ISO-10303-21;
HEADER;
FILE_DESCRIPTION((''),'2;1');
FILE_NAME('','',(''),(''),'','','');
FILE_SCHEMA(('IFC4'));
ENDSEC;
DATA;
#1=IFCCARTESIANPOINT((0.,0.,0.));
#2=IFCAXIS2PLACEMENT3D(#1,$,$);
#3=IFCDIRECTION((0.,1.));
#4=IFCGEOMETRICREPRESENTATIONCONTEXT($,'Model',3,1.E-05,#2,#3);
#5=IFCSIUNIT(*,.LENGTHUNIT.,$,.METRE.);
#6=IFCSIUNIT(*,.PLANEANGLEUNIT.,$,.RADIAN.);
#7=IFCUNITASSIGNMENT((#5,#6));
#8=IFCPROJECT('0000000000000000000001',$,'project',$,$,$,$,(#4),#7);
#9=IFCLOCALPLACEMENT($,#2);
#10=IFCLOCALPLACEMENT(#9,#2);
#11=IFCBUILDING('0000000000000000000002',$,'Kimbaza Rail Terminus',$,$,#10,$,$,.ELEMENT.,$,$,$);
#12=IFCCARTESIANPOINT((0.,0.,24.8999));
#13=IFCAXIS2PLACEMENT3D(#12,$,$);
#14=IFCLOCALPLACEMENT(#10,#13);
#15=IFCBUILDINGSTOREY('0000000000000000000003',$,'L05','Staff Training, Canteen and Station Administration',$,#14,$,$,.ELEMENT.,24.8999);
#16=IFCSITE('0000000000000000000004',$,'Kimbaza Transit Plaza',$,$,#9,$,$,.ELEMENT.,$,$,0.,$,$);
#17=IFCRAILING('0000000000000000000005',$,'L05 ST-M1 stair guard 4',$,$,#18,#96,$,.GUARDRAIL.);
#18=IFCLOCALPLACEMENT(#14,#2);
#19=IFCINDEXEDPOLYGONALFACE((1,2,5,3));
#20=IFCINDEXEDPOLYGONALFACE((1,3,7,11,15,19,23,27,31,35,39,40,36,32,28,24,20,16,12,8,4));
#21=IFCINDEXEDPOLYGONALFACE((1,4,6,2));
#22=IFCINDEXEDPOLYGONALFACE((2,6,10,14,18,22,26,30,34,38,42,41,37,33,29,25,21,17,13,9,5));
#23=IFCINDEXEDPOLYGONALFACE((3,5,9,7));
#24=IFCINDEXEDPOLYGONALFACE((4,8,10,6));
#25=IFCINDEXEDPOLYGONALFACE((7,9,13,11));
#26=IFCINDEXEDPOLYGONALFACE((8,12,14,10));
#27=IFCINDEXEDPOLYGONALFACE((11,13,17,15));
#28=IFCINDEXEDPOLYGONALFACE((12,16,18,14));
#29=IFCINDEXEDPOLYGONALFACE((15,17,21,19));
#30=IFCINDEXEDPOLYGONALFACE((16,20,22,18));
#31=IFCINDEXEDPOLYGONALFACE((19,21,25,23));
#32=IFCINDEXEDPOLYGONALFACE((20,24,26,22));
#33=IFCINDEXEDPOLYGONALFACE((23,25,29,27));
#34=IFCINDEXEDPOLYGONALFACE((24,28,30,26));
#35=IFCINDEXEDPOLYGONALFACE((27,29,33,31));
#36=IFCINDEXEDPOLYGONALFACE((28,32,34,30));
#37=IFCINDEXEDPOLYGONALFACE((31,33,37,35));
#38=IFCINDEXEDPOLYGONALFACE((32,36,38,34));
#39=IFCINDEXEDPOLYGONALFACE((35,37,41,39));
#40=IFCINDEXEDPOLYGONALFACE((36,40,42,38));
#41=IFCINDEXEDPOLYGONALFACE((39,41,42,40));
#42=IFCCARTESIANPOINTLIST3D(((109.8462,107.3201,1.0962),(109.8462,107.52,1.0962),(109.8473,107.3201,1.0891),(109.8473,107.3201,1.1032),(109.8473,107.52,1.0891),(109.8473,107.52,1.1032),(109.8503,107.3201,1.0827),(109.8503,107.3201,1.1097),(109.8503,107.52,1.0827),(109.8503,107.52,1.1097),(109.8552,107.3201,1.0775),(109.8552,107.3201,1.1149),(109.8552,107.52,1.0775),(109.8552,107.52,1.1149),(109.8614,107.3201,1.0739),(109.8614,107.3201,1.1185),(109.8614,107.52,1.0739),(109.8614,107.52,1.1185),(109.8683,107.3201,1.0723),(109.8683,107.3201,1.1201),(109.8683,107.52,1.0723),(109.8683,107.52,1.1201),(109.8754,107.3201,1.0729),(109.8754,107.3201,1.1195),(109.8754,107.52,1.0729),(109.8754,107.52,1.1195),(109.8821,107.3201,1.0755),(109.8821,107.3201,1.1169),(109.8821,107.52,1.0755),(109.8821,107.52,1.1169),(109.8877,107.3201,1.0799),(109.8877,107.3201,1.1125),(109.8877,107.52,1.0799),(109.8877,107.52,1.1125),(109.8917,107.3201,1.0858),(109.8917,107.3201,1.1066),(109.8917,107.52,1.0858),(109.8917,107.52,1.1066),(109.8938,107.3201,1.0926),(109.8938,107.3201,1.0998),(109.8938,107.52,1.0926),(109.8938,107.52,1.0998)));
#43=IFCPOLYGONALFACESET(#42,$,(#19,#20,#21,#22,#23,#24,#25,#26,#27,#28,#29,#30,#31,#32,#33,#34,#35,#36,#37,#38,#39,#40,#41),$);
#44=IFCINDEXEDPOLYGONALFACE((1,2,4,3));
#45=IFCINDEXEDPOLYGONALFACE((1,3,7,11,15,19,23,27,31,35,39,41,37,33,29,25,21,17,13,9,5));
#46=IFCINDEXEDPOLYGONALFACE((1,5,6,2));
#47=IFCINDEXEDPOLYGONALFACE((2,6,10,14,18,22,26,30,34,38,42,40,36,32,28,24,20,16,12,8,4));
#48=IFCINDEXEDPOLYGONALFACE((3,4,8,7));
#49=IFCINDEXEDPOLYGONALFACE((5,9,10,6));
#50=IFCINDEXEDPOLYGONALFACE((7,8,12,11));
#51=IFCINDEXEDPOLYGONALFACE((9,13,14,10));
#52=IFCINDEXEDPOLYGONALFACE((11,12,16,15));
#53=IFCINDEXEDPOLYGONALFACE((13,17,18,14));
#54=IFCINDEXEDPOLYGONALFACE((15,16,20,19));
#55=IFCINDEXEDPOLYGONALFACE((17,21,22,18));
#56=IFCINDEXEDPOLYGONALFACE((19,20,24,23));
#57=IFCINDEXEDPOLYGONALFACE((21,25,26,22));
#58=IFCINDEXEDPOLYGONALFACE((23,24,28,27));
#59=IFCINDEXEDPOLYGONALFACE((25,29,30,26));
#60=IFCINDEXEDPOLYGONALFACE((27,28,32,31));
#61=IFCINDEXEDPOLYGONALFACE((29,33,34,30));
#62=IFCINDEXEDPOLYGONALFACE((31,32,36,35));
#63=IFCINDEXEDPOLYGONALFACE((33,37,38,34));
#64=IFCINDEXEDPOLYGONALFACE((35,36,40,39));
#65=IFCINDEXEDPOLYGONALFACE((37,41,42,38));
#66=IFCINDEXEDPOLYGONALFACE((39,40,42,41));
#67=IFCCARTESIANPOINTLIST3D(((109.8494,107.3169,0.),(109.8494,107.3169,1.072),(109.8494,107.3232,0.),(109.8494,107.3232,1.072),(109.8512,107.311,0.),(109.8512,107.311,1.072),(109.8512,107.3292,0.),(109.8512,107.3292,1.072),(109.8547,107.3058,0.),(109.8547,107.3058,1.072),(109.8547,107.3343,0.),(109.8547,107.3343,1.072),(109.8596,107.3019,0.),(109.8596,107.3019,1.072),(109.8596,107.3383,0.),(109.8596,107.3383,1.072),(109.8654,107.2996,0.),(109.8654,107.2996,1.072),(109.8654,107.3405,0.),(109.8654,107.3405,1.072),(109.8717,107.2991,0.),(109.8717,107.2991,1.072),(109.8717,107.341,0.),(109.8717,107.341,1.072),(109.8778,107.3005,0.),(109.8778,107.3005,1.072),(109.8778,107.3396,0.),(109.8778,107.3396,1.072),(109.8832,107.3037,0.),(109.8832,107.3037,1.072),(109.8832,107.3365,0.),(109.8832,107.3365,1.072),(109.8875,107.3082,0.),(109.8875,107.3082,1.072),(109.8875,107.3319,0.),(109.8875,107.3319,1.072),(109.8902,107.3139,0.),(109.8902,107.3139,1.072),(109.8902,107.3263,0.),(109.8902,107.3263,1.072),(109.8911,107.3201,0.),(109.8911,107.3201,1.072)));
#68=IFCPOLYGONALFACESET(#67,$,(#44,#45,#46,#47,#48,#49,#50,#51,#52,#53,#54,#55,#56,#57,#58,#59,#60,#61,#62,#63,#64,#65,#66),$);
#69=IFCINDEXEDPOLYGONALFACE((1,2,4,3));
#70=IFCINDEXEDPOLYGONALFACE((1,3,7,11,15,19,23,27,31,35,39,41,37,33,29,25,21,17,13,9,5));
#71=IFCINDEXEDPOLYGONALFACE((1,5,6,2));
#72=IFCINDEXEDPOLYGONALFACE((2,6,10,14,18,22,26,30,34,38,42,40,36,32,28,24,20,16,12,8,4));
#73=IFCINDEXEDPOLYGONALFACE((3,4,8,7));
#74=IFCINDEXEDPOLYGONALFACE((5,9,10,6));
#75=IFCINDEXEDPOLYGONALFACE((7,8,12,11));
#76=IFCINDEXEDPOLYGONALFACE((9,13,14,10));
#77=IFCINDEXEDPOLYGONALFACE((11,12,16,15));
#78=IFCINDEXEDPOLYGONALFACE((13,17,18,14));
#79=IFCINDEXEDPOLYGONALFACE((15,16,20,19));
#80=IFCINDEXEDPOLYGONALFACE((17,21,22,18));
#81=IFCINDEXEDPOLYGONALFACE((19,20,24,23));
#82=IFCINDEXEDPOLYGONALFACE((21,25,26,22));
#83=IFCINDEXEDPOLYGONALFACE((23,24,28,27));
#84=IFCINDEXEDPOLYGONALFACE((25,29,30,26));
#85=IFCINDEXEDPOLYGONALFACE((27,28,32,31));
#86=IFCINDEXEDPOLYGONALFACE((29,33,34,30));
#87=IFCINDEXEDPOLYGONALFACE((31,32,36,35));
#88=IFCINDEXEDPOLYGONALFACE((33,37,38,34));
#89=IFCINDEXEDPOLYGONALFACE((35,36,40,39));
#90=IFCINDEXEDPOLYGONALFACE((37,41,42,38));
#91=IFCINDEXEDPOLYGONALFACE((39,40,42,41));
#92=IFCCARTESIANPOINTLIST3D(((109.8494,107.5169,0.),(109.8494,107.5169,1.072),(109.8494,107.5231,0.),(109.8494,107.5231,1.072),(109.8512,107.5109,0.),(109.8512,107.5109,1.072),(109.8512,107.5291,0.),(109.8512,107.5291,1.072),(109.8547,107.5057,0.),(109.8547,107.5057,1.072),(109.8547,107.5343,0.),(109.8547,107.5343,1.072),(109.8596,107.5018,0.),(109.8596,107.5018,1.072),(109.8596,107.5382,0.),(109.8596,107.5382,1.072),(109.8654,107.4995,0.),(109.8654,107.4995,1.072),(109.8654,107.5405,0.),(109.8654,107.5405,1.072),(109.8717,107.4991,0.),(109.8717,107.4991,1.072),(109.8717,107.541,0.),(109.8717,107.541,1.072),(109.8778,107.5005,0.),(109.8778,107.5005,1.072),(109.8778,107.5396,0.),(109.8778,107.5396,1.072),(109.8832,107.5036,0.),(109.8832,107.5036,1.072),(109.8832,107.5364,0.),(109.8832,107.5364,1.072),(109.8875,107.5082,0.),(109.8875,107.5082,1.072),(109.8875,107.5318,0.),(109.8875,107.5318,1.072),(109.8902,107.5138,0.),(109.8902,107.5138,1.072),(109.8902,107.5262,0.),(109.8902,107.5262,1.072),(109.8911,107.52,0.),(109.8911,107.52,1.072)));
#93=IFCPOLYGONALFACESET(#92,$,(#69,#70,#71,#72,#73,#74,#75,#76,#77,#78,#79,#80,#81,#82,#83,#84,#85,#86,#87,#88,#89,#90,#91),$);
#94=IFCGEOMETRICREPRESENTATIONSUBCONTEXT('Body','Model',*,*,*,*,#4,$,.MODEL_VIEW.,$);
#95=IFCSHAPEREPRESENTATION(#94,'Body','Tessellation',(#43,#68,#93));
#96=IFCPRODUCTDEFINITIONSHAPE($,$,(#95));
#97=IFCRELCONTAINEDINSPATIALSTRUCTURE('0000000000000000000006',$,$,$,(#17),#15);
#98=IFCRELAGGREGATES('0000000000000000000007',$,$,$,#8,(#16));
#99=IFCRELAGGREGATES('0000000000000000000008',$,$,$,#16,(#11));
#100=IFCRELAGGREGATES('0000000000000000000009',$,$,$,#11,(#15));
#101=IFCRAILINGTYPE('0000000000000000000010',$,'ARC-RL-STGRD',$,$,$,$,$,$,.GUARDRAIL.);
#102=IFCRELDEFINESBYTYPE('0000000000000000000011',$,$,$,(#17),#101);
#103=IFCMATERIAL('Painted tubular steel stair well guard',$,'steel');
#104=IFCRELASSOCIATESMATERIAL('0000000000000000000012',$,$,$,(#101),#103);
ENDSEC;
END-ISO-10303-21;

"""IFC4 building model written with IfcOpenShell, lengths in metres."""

from ifc_helpers import new_model, si_unit, direction, frame, origin, origin_2d, place, context, subcontext, project, spatial, circle, extrude, material, type_object, element, save


model = new_model("IFC4")

# Units and contexts
model_context = context("Model", 3, precision=1e-05, world=origin(), true_north=direction((0.0, 1.0)))
body_context = subcontext(model_context, "Body", "Model", "MODEL_VIEW")
ifc_project = project(units=[si_unit("LENGTHUNIT", "METRE"), si_unit("PLANEANGLEUNIT", "RADIAN")], contexts=[model_context])

# Site, building, storey
site_placement = place(None, origin())
site = spatial("IfcSite", under=ifc_project, at=site_placement, Name="Kimbaza Transit Plaza", CompositionType="ELEMENT", RefElevation=0.0)
building_placement = place(site_placement, origin())
building = spatial("IfcBuilding", under=site, at=building_placement, Name="Kimbaza Rail Terminus", CompositionType="ELEMENT")
storey_placement = place(building_placement, frame((0.0, 0.0, 24.8999)))
storey = spatial("IfcBuildingStorey", under=building, at=storey_placement, Name="L05", Description="Staff Training, Canteen and Station Administration", CompositionType="ELEMENT", Elevation=24.8999)

# Railing
ifc_material_1 = material(Name="Painted tubular steel stair well guard", Category="steel")
railing_type_1 = type_object("IfcRailingType", Name="ARC-RL-STGRD", PredefinedType="GUARDRAIL", material=ifc_material_1)
railing_1_placement = place(storey_placement, frame((109.8701, 107.3201, 0.0)))
element("IfcRailing", 1, at=railing_1_placement, inside=storey, type_object=railing_type_1, Name="L05 ST-M1 stair guard 4", PredefinedType="GUARDRAIL", context=body_context, shape_type="SweptSolid", body=[
    extrude(circle(Radius=0.0239, at=origin_2d()), frame((0.0, 0.0, 1.0962), z_axis=(0.0, 1.0, 0.0), x_axis=(-1.0, 0.0, 0.0)), (0.0, 0.0, 1.0), 0.2),
    extrude(circle(Radius=0.021, at=origin_2d()), origin(), (0.0, 0.0, 1.0), 1.072),
    extrude(circle(Radius=0.021, at=origin_2d()), frame((0.0, 0.2, 0.0)), (0.0, 0.0, 1.0), 1.072),
])

save(model, "model.ifc")
